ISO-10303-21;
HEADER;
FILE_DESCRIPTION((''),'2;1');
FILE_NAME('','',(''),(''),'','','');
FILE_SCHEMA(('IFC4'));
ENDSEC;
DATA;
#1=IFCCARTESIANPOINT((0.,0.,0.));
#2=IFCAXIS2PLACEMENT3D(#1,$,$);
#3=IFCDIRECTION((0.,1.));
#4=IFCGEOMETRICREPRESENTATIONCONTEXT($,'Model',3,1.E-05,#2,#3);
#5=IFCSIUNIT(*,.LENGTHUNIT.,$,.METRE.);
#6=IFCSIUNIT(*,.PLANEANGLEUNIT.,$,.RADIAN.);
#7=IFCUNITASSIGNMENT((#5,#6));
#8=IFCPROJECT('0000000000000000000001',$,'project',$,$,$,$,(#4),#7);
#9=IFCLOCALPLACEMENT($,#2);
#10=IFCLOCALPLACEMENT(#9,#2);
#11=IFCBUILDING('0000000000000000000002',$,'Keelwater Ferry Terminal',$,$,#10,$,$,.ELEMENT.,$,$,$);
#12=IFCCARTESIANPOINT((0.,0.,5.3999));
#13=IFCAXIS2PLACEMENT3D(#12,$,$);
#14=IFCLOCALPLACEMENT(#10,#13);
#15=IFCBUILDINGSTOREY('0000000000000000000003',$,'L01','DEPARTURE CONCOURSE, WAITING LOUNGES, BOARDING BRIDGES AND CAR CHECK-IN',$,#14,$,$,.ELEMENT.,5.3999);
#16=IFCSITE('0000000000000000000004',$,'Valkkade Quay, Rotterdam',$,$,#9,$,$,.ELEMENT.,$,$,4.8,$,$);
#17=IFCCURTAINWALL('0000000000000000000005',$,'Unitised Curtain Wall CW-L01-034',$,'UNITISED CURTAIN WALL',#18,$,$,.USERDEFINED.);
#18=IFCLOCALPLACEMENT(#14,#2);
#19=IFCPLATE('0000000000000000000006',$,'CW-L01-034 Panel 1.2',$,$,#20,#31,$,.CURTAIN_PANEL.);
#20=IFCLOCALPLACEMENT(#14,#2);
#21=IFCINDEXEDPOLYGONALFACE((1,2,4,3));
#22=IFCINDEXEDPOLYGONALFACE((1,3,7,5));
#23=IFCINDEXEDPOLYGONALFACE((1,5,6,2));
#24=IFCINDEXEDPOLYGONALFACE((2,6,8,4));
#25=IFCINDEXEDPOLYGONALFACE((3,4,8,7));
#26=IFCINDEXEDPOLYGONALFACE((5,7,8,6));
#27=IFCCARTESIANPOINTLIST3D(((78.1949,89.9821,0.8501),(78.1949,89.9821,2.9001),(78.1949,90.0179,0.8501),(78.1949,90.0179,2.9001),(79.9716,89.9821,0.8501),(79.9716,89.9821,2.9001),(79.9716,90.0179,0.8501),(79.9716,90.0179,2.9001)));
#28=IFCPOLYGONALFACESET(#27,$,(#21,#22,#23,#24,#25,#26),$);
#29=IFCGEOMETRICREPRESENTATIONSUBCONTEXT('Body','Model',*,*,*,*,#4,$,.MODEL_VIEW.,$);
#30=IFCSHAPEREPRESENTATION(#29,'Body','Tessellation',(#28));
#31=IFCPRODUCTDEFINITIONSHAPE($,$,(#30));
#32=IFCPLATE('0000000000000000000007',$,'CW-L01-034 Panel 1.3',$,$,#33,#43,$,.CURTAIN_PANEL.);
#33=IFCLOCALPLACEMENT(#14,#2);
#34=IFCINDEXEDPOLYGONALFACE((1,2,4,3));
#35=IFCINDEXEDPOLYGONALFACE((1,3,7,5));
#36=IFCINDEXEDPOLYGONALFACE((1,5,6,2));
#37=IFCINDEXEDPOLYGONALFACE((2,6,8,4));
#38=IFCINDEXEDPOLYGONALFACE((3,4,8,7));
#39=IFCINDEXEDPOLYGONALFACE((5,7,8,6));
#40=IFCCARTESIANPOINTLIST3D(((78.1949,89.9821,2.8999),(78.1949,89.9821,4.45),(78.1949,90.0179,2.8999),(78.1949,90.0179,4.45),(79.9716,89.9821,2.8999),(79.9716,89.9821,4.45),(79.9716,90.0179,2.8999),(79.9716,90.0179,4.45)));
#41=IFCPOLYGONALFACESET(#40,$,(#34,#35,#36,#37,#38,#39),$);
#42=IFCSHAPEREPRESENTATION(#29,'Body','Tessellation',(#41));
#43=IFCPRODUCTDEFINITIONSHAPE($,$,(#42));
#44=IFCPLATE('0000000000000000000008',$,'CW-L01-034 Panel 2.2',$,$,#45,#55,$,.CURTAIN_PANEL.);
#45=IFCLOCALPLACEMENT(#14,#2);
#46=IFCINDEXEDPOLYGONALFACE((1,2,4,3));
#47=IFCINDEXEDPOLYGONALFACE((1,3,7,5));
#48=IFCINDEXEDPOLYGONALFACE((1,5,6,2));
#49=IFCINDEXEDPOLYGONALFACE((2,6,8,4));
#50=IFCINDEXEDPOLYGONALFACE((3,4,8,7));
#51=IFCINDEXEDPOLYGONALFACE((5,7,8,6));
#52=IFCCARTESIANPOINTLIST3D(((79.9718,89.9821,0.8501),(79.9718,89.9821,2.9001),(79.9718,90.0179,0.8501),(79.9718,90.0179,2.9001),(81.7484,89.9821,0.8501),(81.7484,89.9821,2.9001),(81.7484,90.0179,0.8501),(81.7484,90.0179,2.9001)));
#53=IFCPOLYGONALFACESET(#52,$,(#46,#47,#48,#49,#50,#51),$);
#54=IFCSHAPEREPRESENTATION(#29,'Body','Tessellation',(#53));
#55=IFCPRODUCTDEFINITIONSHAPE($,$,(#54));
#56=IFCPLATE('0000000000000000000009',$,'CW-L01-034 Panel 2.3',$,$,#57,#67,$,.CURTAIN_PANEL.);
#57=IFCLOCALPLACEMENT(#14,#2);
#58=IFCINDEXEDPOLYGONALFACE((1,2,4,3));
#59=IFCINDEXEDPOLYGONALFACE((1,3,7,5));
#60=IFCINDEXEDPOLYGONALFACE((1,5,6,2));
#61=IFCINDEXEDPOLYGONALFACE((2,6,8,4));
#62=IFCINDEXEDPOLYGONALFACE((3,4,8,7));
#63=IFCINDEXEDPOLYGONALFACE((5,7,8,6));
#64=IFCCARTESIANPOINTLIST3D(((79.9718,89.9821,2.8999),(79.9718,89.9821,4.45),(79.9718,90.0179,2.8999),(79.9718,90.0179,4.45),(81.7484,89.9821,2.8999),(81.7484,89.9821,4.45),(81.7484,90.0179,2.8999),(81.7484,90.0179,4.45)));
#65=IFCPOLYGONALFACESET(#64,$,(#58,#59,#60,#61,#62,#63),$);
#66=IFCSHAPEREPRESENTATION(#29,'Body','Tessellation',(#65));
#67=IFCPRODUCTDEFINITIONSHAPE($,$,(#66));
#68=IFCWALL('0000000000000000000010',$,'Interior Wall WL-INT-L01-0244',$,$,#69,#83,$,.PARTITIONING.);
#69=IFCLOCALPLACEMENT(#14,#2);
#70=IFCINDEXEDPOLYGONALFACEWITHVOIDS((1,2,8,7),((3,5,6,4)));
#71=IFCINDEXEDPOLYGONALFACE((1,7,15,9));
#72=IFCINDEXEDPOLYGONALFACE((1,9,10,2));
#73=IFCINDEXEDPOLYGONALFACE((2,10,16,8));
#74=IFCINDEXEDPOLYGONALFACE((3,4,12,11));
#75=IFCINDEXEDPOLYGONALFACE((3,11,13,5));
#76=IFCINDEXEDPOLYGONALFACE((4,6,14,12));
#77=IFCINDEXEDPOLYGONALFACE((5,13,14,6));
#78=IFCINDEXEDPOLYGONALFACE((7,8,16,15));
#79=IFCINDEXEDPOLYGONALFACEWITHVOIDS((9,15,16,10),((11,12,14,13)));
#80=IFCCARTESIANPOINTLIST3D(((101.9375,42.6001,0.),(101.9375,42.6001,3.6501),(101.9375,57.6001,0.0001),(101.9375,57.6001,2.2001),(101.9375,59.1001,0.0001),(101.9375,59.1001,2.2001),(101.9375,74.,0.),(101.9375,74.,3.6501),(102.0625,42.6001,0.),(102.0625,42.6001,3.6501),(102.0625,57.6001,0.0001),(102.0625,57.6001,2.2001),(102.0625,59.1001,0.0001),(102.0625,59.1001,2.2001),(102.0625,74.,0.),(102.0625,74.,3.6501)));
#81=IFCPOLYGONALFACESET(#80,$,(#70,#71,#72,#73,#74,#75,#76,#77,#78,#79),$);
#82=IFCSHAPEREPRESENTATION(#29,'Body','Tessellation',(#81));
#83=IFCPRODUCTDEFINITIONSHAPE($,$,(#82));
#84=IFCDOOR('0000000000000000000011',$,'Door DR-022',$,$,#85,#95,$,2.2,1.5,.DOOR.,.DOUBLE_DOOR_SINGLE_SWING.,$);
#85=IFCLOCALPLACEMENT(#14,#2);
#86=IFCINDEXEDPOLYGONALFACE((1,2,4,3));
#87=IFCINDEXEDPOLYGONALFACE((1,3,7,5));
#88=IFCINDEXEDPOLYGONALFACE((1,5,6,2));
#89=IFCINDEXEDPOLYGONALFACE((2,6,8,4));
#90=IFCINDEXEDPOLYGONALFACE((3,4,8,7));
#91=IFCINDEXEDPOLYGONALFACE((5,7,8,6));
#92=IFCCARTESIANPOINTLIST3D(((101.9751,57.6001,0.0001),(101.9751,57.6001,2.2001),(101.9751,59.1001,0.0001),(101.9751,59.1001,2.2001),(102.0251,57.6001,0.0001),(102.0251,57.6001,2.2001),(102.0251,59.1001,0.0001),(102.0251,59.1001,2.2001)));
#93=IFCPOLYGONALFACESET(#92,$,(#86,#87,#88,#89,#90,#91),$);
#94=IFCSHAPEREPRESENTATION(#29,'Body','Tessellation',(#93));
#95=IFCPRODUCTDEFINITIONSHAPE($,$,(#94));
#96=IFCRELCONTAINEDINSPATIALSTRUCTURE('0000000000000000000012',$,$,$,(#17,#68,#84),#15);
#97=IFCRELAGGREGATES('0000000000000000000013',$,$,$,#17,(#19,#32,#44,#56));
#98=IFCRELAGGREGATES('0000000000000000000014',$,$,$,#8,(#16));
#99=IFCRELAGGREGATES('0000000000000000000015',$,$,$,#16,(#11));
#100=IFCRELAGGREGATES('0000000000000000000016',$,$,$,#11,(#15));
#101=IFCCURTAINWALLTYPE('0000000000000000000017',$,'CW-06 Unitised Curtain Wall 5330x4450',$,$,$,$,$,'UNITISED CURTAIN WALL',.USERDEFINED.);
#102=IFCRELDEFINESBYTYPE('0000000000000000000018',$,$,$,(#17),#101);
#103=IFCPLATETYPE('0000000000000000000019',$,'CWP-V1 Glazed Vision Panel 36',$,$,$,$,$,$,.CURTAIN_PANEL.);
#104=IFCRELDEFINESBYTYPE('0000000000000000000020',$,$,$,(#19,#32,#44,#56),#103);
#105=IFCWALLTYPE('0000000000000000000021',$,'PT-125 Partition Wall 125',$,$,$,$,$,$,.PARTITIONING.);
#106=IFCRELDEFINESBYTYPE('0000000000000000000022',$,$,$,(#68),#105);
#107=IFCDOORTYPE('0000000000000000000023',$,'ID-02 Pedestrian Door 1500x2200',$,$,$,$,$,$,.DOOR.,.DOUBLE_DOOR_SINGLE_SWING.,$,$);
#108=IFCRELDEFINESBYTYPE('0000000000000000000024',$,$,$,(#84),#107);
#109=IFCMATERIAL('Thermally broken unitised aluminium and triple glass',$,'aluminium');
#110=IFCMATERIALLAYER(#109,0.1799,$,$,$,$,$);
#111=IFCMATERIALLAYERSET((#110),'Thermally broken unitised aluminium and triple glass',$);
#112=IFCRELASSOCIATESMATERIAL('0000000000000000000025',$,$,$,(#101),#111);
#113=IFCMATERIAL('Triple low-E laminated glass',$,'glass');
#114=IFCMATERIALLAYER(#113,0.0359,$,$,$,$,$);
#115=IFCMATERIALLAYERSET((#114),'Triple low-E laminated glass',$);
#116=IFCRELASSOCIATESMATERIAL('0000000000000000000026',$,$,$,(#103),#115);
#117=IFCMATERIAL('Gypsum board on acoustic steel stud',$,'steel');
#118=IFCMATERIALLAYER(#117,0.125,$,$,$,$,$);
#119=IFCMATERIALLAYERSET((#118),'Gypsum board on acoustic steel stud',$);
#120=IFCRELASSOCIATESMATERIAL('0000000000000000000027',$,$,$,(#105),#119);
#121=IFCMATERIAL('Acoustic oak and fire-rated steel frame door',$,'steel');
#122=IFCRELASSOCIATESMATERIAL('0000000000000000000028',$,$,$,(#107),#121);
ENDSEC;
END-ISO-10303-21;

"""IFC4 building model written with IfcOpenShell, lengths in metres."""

from ifc_helpers import new_model, si_unit, direction, frame, frame_2d, origin, origin_2d, place, context, subcontext, project, spatial, rectangle, extrude, material, layer, layer_set, type_object, element, fill, aggregate, save


model = new_model("IFC4")

# Units and contexts
model_context = context("Model", 3, precision=1e-05, world=origin(), true_north=direction((0.0, 1.0)))
body_context = subcontext(model_context, "Body", "Model", "MODEL_VIEW")
ifc_project = project(units=[si_unit("LENGTHUNIT", "METRE"), si_unit("PLANEANGLEUNIT", "RADIAN")], contexts=[model_context])

# Site, building, storey
site_placement = place(None, origin())
site = spatial("IfcSite", under=ifc_project, at=site_placement, Name="Valkkade Quay, Rotterdam", CompositionType="ELEMENT", RefElevation=4.8)
building_placement = place(site_placement, origin())
building = spatial("IfcBuilding", under=site, at=building_placement, Name="Keelwater Ferry Terminal", CompositionType="ELEMENT")
storey_placement = place(building_placement, frame((0.0, 0.0, 5.3999)))
storey = spatial("IfcBuildingStorey", under=building, at=storey_placement, Name="L01", Description="DEPARTURE CONCOURSE, WAITING LOUNGES, BOARDING BRIDGES AND CAR CHECK-IN", CompositionType="ELEMENT", Elevation=5.3999)

# Curtain wall
ifc_material_1 = material(Name="Thermally broken unitised aluminium and triple glass", Category="aluminium")
ifc_layer_1 = layer(ifc_material_1, 0.1799)
ifc_layer_set_1 = layer_set([ifc_layer_1], Name="Thermally broken unitised aluminium and triple glass")
curtain_wall_type_1 = type_object("IfcCurtainWallType", Name="CW-06 Unitised Curtain Wall 5330x4450", ElementType="UNITISED CURTAIN WALL", PredefinedType="USERDEFINED", material=ifc_layer_set_1)
curtain_wall_1_placement = place(storey_placement, origin())
curtain_wall_1 = element("IfcCurtainWall", 1, at=curtain_wall_1_placement, inside=storey, type_object=curtain_wall_type_1, Name="Unitised Curtain Wall CW-L01-034", ObjectType="UNITISED CURTAIN WALL", PredefinedType="USERDEFINED")

# Plates
ifc_material_2 = material(Name="Triple low-E laminated glass", Category="glass")
ifc_layer_2 = layer(ifc_material_2, 0.0359)
ifc_layer_set_2 = layer_set([ifc_layer_2], Name="Triple low-E laminated glass")
plate_type_1 = type_object("IfcPlateType", Name="CWP-V1 Glazed Vision Panel 36", PredefinedType="CURTAIN_PANEL", material=ifc_layer_set_2)
plate_1_placement = place(storey_placement, frame((79.0833, 90.0, 0.8501), z_axis=(0.0, 0.0, 1.0), x_axis=(1.0, 0.0, 0.0)))
plate_1 = element("IfcPlate", 2, at=plate_1_placement, type_object=plate_type_1, Name="CW-L01-034 Panel 1.2", PredefinedType="CURTAIN_PANEL", context=body_context, shape_type="SweptSolid", body=[
    extrude(rectangle(XDim=1.7766, YDim=0.0359, at=origin_2d()), origin(), (0.0, 0.0, 1.0), 2.05),
])
plate_2_placement = place(storey_placement, frame((79.0833, 90.0, 2.8999), z_axis=(0.0, 0.0, 1.0), x_axis=(1.0, 0.0, 0.0)))
plate_2 = element("IfcPlate", 3, at=plate_2_placement, type_object=plate_type_1, Name="CW-L01-034 Panel 1.3", PredefinedType="CURTAIN_PANEL", context=body_context, shape_type="SweptSolid", body=[
    extrude(rectangle(XDim=1.7766, YDim=0.0359, at=origin_2d()), origin(), (0.0, 0.0, 1.0), 1.55),
])
plate_3_placement = place(storey_placement, frame((80.8601, 90.0, 0.8501), z_axis=(0.0, 0.0, 1.0), x_axis=(1.0, 0.0, 0.0)))
plate_3 = element("IfcPlate", 4, at=plate_3_placement, type_object=plate_type_1, Name="CW-L01-034 Panel 2.2", PredefinedType="CURTAIN_PANEL", context=body_context, shape_type="SweptSolid", body=[
    extrude(rectangle(XDim=1.7766, YDim=0.0359, at=origin_2d()), origin(), (0.0, 0.0, 1.0), 2.05),
])
plate_4_placement = place(storey_placement, frame((80.8601, 90.0, 2.8999), z_axis=(0.0, 0.0, 1.0), x_axis=(1.0, 0.0, 0.0)))
plate_4 = element("IfcPlate", 5, at=plate_4_placement, type_object=plate_type_1, Name="CW-L01-034 Panel 2.3", PredefinedType="CURTAIN_PANEL", context=body_context, shape_type="SweptSolid", body=[
    extrude(rectangle(XDim=1.7766, YDim=0.0359, at=origin_2d()), origin(), (0.0, 0.0, 1.0), 1.55),
])
aggregate(curtain_wall_1, [plate_1, plate_2, plate_3, plate_4])

# Wall, opening, door
ifc_material_3 = material(Name="Gypsum board on acoustic steel stud", Category="steel")
ifc_layer_3 = layer(ifc_material_3, 0.125)
ifc_layer_set_3 = layer_set([ifc_layer_3], Name="Gypsum board on acoustic steel stud")
wall_type = type_object("IfcWallType", Name="PT-125 Partition Wall 125", PredefinedType="PARTITIONING", material=ifc_layer_set_3)
wall_placement = place(storey_placement, frame((102.0, 42.6001, 0.0), z_axis=(0.0, 0.0, 1.0), x_axis=(0.0, 1.0, 0.0)))
wall = element("IfcWall", 6, at=wall_placement, inside=storey, type_object=wall_type, Name="Interior Wall WL-INT-L01-0244", PredefinedType="PARTITIONING", context=body_context, shape_type="SweptSolid", body=[
    extrude(rectangle(XDim=31.3999, YDim=0.125, at=frame_2d((15.7, 0.0))), origin(), (0.0, 0.0, 1.0), 3.6501),
])
opening_placement = place(wall_placement, frame((15.0, 0.0, 0.0)))
opening = element("IfcOpeningElement", 7, at=opening_placement, cuts=wall, PredefinedType="OPENING", context=body_context, shape_type="SweptSolid", body=[
    extrude(rectangle(XDim=1.5, YDim=2.2, at=frame_2d((0.75, 1.1001))), frame((0.0, 0.0725, 0.0), z_axis=(0.0, -1.0, 0.0), x_axis=(1.0, 0.0, 0.0)), (0.0, 0.0, 1.0), 0.145),
])
ifc_material_4 = material(Name="Acoustic oak and fire-rated steel frame door", Category="steel")
door_type = type_object("IfcDoorType", Name="ID-02 Pedestrian Door 1500x2200", OperationType="DOUBLE_DOOR_SINGLE_SWING", PredefinedType="DOOR", material=ifc_material_4)
door_placement = place(opening_placement, origin())
door = element("IfcDoor", 8, at=door_placement, inside=storey, type_object=door_type, Name="Door DR-022", OperationType="DOUBLE_DOOR_SINGLE_SWING", OverallHeight=2.2, OverallWidth=1.5, PredefinedType="DOOR", context=body_context, shape_type="SweptSolid", body=[
    extrude(rectangle(XDim=1.5, YDim=2.2, at=frame_2d((0.75, 1.1001))), frame((0.0, 0.0249, 0.0), z_axis=(0.0, -1.0, 0.0), x_axis=(1.0, 0.0, 0.0)), (0.0, 0.0, 1.0), 0.05),
])
fill(opening, door)

save(model, "model.ifc")
